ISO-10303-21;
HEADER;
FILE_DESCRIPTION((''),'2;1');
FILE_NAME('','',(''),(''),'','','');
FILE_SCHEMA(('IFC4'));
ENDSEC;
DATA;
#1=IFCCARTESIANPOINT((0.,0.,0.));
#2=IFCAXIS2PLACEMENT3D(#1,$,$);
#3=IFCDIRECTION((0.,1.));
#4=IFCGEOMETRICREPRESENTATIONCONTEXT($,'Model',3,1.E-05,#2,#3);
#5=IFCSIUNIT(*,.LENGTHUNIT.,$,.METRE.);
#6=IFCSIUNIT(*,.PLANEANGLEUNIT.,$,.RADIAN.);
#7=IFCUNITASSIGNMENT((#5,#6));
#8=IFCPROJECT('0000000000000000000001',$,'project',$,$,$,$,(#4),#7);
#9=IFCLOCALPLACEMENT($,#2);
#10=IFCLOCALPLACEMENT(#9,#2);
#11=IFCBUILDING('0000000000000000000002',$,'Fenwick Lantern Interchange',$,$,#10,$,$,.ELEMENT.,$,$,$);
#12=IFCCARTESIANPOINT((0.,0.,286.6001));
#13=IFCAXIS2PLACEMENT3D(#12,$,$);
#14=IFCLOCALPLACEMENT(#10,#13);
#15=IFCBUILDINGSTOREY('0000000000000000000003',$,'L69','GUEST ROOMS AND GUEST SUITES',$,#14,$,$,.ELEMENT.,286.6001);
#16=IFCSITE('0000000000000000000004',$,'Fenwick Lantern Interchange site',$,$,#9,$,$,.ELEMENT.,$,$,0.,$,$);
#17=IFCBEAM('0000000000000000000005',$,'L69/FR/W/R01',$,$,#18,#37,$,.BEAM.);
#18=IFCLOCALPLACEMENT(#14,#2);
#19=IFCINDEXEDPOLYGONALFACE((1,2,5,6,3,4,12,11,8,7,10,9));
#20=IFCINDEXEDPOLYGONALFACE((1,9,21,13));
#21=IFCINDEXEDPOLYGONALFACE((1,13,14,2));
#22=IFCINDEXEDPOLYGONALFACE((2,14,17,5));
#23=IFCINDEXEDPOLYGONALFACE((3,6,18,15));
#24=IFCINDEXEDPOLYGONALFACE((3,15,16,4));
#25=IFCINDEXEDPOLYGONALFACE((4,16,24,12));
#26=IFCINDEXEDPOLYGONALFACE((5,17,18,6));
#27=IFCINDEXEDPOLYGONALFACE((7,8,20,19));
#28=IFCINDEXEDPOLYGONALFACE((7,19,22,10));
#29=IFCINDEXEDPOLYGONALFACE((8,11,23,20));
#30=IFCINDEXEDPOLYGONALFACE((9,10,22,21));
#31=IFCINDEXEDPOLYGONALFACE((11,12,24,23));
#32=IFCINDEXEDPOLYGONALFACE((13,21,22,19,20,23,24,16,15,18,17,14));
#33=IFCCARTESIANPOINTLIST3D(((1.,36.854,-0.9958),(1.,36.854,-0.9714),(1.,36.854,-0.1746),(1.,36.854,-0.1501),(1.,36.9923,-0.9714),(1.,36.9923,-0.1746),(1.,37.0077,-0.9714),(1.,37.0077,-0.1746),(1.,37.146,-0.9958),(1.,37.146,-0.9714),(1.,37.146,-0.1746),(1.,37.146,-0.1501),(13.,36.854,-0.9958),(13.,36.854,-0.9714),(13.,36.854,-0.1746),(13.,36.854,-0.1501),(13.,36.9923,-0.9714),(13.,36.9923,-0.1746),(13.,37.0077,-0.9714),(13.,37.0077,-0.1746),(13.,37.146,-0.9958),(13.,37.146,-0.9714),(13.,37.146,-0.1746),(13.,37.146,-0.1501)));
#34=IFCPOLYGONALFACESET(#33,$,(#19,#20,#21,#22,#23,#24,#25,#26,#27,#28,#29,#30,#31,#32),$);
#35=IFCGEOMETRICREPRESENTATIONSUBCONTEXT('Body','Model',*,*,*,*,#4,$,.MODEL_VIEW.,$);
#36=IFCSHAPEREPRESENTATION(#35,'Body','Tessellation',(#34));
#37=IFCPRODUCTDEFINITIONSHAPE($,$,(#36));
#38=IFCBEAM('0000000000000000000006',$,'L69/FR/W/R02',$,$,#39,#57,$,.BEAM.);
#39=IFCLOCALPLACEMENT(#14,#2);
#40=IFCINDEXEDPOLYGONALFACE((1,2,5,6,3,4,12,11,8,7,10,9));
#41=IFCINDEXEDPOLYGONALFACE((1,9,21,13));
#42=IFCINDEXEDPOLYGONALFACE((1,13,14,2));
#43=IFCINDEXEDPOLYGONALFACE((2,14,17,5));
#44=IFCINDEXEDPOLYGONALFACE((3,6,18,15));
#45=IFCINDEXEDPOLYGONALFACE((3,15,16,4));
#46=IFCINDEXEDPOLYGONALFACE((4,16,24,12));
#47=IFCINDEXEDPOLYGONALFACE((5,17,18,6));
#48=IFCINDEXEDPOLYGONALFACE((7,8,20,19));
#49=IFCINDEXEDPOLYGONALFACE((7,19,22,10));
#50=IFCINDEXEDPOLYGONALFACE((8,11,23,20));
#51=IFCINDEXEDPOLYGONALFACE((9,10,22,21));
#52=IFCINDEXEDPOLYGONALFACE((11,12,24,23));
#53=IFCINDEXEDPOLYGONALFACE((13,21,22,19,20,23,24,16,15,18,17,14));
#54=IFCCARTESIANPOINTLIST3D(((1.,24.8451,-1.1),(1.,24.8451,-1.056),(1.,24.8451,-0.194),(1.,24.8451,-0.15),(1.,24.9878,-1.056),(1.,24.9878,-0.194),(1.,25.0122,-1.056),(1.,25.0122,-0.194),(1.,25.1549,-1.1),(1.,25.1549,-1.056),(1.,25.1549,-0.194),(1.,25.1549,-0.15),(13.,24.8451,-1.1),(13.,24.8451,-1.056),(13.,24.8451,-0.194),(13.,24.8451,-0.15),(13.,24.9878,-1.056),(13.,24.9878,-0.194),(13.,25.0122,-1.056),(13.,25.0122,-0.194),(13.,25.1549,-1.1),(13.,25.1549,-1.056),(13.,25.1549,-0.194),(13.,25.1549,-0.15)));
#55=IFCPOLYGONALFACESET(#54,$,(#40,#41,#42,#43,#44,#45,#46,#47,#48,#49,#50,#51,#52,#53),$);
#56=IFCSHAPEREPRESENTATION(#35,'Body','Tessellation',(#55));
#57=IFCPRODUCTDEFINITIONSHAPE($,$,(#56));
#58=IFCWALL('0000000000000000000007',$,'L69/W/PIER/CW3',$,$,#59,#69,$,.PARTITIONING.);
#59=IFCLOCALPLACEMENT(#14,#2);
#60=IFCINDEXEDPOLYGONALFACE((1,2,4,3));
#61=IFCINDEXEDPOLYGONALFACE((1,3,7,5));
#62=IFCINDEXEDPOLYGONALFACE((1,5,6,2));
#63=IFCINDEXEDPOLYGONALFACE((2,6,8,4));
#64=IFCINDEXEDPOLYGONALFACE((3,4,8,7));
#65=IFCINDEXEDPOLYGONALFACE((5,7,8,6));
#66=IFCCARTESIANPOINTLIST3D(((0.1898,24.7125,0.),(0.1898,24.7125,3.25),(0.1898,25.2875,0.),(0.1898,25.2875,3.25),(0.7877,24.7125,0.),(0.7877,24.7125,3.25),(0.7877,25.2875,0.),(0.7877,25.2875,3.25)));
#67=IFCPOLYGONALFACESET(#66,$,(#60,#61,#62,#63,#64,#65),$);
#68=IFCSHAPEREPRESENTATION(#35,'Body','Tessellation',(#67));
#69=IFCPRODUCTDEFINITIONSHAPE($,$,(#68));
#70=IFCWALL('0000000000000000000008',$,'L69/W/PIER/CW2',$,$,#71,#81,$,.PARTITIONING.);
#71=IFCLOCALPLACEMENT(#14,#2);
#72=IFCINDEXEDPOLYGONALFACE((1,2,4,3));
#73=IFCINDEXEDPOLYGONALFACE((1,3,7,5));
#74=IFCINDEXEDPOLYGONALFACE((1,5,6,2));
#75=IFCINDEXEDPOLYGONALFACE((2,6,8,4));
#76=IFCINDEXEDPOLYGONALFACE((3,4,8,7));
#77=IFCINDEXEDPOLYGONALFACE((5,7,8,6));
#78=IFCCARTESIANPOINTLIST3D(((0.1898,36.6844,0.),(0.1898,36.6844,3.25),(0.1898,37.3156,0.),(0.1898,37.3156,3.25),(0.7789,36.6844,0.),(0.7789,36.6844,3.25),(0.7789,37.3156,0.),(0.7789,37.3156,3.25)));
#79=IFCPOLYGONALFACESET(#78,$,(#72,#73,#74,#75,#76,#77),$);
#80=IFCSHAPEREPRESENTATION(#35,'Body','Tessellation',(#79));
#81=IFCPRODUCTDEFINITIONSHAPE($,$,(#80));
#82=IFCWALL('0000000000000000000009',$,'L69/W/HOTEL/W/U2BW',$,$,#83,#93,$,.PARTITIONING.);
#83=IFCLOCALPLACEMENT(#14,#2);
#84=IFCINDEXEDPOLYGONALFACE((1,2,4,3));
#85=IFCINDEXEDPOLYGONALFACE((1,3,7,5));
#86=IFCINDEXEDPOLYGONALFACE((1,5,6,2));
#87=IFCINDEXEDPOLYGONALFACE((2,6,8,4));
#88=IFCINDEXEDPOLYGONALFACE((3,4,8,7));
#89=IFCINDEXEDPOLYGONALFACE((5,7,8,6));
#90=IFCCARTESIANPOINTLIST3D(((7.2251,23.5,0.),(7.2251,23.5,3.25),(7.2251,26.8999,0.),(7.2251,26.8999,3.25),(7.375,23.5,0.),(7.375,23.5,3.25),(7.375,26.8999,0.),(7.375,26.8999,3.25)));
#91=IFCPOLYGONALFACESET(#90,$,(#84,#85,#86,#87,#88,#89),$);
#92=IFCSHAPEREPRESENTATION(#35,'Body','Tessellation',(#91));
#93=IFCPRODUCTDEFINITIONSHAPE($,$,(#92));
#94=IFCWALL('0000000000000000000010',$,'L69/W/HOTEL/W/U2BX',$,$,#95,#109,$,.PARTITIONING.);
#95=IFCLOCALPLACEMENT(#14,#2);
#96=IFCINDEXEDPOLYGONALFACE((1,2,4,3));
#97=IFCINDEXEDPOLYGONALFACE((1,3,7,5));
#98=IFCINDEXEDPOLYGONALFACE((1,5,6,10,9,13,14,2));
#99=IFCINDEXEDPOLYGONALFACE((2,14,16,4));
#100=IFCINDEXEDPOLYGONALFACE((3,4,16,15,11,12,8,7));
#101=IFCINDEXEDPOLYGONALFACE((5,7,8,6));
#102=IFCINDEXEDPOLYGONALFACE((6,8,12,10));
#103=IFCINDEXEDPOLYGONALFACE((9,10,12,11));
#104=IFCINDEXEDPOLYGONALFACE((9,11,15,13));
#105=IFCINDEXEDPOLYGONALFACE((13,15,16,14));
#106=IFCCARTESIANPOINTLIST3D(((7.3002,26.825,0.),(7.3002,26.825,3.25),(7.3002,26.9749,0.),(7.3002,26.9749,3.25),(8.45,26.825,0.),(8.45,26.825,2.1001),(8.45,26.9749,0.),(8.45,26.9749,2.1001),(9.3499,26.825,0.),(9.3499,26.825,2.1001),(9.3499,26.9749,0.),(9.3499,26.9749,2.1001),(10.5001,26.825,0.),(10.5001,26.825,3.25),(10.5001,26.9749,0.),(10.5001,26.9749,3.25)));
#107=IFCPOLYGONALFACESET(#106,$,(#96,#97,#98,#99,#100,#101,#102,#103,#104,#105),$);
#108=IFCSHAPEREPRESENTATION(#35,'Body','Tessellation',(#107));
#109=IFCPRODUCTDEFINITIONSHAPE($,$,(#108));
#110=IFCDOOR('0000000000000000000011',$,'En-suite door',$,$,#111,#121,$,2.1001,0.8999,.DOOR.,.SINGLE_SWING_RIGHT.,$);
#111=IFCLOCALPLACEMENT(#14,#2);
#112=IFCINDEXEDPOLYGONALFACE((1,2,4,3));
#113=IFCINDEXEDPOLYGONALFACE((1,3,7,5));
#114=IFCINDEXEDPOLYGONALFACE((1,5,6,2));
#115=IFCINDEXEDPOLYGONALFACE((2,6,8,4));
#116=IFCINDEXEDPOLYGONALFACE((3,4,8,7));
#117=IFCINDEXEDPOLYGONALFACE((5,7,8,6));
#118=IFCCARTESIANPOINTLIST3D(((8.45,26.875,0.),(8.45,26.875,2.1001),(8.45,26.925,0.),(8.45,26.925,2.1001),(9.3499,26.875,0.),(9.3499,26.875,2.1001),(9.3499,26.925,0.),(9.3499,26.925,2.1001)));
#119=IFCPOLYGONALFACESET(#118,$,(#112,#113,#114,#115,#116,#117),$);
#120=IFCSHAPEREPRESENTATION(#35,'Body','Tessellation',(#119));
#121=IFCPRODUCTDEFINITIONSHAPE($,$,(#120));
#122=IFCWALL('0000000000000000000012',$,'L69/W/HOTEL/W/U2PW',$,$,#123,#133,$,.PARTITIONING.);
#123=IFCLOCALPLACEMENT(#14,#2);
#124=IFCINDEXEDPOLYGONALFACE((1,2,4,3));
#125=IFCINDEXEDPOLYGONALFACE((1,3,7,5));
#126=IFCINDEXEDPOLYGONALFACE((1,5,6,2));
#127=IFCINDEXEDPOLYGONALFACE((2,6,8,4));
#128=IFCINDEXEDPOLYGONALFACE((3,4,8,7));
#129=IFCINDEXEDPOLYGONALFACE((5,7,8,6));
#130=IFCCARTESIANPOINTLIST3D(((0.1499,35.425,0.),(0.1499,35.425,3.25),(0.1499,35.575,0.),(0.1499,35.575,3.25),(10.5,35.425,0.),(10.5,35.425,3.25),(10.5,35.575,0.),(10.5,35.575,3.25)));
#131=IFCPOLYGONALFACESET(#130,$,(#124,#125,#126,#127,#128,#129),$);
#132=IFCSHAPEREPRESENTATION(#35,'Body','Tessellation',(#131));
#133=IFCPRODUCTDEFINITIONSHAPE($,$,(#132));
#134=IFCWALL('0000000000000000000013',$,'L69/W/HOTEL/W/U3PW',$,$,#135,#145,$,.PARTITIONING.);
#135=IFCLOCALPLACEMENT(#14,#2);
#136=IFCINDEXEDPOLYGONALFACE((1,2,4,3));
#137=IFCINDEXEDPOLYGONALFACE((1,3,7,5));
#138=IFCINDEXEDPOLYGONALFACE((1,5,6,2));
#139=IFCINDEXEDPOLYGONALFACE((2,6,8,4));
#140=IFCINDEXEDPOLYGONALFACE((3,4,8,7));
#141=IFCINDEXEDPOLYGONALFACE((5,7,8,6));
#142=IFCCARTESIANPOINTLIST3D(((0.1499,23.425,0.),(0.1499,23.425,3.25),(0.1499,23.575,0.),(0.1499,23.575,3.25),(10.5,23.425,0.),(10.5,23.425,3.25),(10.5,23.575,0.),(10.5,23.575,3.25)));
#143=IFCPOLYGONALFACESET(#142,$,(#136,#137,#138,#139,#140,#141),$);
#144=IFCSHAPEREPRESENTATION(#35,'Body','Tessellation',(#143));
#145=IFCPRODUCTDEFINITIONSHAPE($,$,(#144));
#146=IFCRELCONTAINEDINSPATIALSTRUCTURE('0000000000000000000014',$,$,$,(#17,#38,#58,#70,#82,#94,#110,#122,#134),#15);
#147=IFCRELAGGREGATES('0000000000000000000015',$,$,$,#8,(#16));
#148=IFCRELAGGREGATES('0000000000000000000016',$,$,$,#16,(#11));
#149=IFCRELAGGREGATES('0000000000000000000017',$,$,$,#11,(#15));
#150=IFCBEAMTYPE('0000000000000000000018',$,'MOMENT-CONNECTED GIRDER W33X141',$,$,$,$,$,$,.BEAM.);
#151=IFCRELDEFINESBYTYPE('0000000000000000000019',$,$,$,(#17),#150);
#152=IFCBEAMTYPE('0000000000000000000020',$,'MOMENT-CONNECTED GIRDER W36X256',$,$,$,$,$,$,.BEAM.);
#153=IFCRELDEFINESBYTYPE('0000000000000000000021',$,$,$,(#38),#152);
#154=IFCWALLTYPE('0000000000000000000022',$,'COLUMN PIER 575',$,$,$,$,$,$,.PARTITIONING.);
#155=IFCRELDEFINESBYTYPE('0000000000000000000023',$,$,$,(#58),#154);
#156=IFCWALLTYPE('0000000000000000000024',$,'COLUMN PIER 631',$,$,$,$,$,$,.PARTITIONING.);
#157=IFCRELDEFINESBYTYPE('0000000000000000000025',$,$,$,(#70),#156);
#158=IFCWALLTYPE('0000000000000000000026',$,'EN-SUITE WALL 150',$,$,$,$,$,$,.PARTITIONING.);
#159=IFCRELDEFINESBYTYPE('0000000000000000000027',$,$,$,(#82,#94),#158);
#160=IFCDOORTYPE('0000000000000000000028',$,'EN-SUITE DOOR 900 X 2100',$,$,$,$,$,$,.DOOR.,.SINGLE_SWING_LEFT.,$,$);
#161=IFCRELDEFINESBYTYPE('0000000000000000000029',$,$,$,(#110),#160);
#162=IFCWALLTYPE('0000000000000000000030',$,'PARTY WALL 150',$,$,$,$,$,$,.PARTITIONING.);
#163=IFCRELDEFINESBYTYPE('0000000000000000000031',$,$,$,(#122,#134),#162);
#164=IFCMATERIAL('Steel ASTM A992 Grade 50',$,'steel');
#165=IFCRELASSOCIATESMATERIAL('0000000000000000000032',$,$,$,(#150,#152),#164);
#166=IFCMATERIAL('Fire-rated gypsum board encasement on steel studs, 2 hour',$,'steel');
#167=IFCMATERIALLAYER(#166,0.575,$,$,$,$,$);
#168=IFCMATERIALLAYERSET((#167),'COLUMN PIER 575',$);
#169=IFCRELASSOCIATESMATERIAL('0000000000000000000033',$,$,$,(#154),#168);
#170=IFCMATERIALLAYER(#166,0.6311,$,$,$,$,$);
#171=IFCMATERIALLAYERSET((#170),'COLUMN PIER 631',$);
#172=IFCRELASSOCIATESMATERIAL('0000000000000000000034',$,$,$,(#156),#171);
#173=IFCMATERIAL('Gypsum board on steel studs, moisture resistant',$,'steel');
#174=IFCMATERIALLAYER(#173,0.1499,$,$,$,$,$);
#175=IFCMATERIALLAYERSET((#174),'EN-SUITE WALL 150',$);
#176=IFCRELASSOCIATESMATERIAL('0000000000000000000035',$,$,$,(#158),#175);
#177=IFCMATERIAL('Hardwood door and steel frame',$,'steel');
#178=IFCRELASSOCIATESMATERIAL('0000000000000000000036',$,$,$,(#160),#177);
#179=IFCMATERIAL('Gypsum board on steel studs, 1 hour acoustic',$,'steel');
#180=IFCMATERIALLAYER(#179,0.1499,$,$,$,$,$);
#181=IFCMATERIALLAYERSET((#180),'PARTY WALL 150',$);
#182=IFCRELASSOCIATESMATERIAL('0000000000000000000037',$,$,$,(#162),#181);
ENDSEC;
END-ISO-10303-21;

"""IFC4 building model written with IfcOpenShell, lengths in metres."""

from ifc_helpers import new_model, si_unit, direction, frame, frame_2d, origin, origin_2d, place, context, subcontext, project, spatial, rectangle, i_section, extrude, material, layer, layer_set, material_profile, profile_set, type_object, element, fill, save


model = new_model("IFC4")

# Units and contexts
model_context = context("Model", 3, precision=1e-05, world=origin(), true_north=direction((0.0, 1.0)))
body_context = subcontext(model_context, "Body", "Model", "MODEL_VIEW")
ifc_project = project(units=[si_unit("LENGTHUNIT", "METRE"), si_unit("PLANEANGLEUNIT", "RADIAN")], contexts=[model_context])

# Site, building, storey
site_placement = place(None, origin())
site = spatial("IfcSite", under=ifc_project, at=site_placement, Name="Fenwick Lantern Interchange site", CompositionType="ELEMENT", RefElevation=0.0)
building_placement = place(site_placement, origin())
building = spatial("IfcBuilding", under=site, at=building_placement, Name="Fenwick Lantern Interchange", CompositionType="ELEMENT")
storey_placement = place(building_placement, frame((0.0, 0.0, 286.6001)))
storey = spatial("IfcBuildingStorey", under=building, at=storey_placement, Name="L69", Description="GUEST ROOMS AND GUEST SUITES", CompositionType="ELEMENT", Elevation=286.6001)

# Shared definitions
ifc_material_1 = material(Name="Steel ASTM A992 Grade 50", Category="steel")

# Beams
ifc_material_profile_1 = material_profile(ifc_material_1, i_section(OverallWidth=0.292, OverallDepth=0.8457, WebThickness=0.0154, FlangeThickness=0.0244, at=origin_2d()), Name="W33X141")
ifc_profile_set_1 = profile_set([ifc_material_profile_1], Name="Steel ASTM A992 Grade 50")
beam_type_1 = type_object("IfcBeamType", Name="MOMENT-CONNECTED GIRDER W33X141", PredefinedType="BEAM", material=ifc_profile_set_1)
beam_1_placement = place(storey_placement, frame((1.0, 37.0, -0.573), z_axis=(1.0, 0.0, 0.0), x_axis=(0.0, 1.0, 0.0)))
element("IfcBeam", 1, at=beam_1_placement, inside=storey, type_object=beam_type_1, Name="L69/FR/W/R01", PredefinedType="BEAM", context=body_context, shape_type="SweptSolid", body=[
    extrude(i_section(OverallWidth=0.292, OverallDepth=0.8457, WebThickness=0.0154, FlangeThickness=0.0244, at=origin_2d()), origin(), (0.0, 0.0, 1.0), 12.0),
])
ifc_material_profile_2 = material_profile(ifc_material_1, i_section(OverallWidth=0.3098, OverallDepth=0.95, WebThickness=0.0244, FlangeThickness=0.0439, at=origin_2d()), Name="W36X256")
ifc_profile_set_2 = profile_set([ifc_material_profile_2], Name="Steel ASTM A992 Grade 50")
beam_type_2 = type_object("IfcBeamType", Name="MOMENT-CONNECTED GIRDER W36X256", PredefinedType="BEAM", material=ifc_profile_set_2)
beam_2_placement = place(storey_placement, frame((1.0, 25.0, -0.625), z_axis=(1.0, 0.0, 0.0), x_axis=(0.0, 1.0, 0.0)))
element("IfcBeam", 2, at=beam_2_placement, inside=storey, type_object=beam_type_2, Name="L69/FR/W/R02", PredefinedType="BEAM", context=body_context, shape_type="SweptSolid", body=[
    extrude(i_section(OverallWidth=0.3098, OverallDepth=0.95, WebThickness=0.0244, FlangeThickness=0.0439, at=origin_2d()), origin(), (0.0, 0.0, 1.0), 12.0),
])

# Walls
ifc_material_2 = material(Name="Fire-rated gypsum board encasement on steel studs, 2 hour", Category="steel")
ifc_layer_1 = layer(ifc_material_2, 0.575)
ifc_layer_set_1 = layer_set([ifc_layer_1], Name="COLUMN PIER 575")
wall_type_1 = type_object("IfcWallType", Name="COLUMN PIER 575", PredefinedType="PARTITIONING", material=ifc_layer_set_1)
wall_1_placement = place(storey_placement, frame((0.1899, 25.0, 0.0), z_axis=(0.0, 0.0, 1.0), x_axis=(1.0, 0.0, 0.0)))
element("IfcWall", 3, at=wall_1_placement, inside=storey, type_object=wall_type_1, Name="L69/W/PIER/CW3", PredefinedType="PARTITIONING", context=body_context, shape_type="SweptSolid", body=[
    extrude(rectangle(XDim=0.5979, YDim=0.575, at=frame_2d((0.2988, 0.0))), origin(), (0.0, 0.0, 1.0), 3.25),
])
ifc_layer_2 = layer(ifc_material_2, 0.6311)
ifc_layer_set_2 = layer_set([ifc_layer_2], Name="COLUMN PIER 631")
wall_type_2 = type_object("IfcWallType", Name="COLUMN PIER 631", PredefinedType="PARTITIONING", material=ifc_layer_set_2)
wall_2_placement = place(storey_placement, frame((0.1899, 37.0, 0.0), z_axis=(0.0, 0.0, 1.0), x_axis=(1.0, 0.0, 0.0)))
element("IfcWall", 4, at=wall_2_placement, inside=storey, type_object=wall_type_2, Name="L69/W/PIER/CW2", PredefinedType="PARTITIONING", context=body_context, shape_type="SweptSolid", body=[
    extrude(rectangle(XDim=0.5891, YDim=0.6311, at=frame_2d((0.2944, 0.0))), origin(), (0.0, 0.0, 1.0), 3.25),
])
ifc_material_3 = material(Name="Gypsum board on steel studs, moisture resistant", Category="steel")
ifc_layer_3 = layer(ifc_material_3, 0.1499)
ifc_layer_set_3 = layer_set([ifc_layer_3], Name="EN-SUITE WALL 150")
wall_type_3 = type_object("IfcWallType", Name="EN-SUITE WALL 150", PredefinedType="PARTITIONING", material=ifc_layer_set_3)
wall_3_placement = place(storey_placement, frame((7.3, 26.8999, 0.0), z_axis=(0.0, 0.0, 1.0), x_axis=(0.0, -1.0, 0.0)))
element("IfcWall", 5, at=wall_3_placement, inside=storey, type_object=wall_type_3, Name="L69/W/HOTEL/W/U2BW", PredefinedType="PARTITIONING", context=body_context, shape_type="SweptSolid", body=[
    extrude(rectangle(XDim=3.3999, YDim=0.1499, at=frame_2d((1.7, 0.0))), origin(), (0.0, 0.0, 1.0), 3.25),
])

# Wall, opening, door
wall_4_placement = place(storey_placement, frame((7.3, 26.8999, 0.0), z_axis=(0.0, 0.0, 1.0), x_axis=(1.0, 0.0, 0.0)))
wall_4 = element("IfcWall", 6, at=wall_4_placement, inside=storey, type_object=wall_type_3, Name="L69/W/HOTEL/W/U2BX", PredefinedType="PARTITIONING", context=body_context, shape_type="SweptSolid", body=[
    extrude(rectangle(XDim=3.2, YDim=0.1499, at=frame_2d((1.6001, 0.0))), origin(), (0.0, 0.0, 1.0), 3.25),
])
opening_placement = place(wall_4_placement, frame((1.1499, 0.0, 0.0)))
opening = element("IfcOpeningElement", 7, at=opening_placement, cuts=wall_4, PredefinedType="OPENING", context=body_context, shape_type="SweptSolid", body=[
    extrude(rectangle(XDim=0.8999, YDim=2.1001, at=frame_2d((0.45, 1.05))), frame((0.0, 0.085, 0.0), z_axis=(0.0, -1.0, 0.0), x_axis=(1.0, 0.0, 0.0)), (0.0, 0.0, 1.0), 0.1699),
])
ifc_material_4 = material(Name="Hardwood door and steel frame", Category="steel")
door_type = type_object("IfcDoorType", Name="EN-SUITE DOOR 900 X 2100", OperationType="SINGLE_SWING_LEFT", PredefinedType="DOOR", material=ifc_material_4)
door_placement = place(opening_placement, frame((0.8999, 0.0, 0.0), z_axis=(0.0, 0.0, 1.0), x_axis=(-1.0, 0.0, 0.0)))
door = element("IfcDoor", 8, at=door_placement, inside=storey, type_object=door_type, Name="En-suite door", OperationType="SINGLE_SWING_RIGHT", OverallHeight=2.1001, OverallWidth=0.8999, PredefinedType="DOOR", context=body_context, shape_type="SweptSolid", body=[
    extrude(rectangle(XDim=0.8999, YDim=2.1001, at=frame_2d((0.45, 1.05))), frame((0.0, 0.0249, 0.0), z_axis=(0.0, -1.0, 0.0), x_axis=(1.0, 0.0, 0.0)), (0.0, 0.0, 1.0), 0.05),
])
fill(opening, door)

# Walls
ifc_material_5 = material(Name="Gypsum board on steel studs, 1 hour acoustic", Category="steel")
ifc_layer_4 = layer(ifc_material_5, 0.1499)
ifc_layer_set_4 = layer_set([ifc_layer_4], Name="PARTY WALL 150")
wall_type_4 = type_object("IfcWallType", Name="PARTY WALL 150", PredefinedType="PARTITIONING", material=ifc_layer_set_4)
for number, where, z_axis, x_axis, name in (
    (9, (0.1499, 35.5, 0.0), (0.0, 0.0, 1.0), (1.0, 0.0, 0.0), "L69/W/HOTEL/W/U2PW"),
    (10, (0.1499, 23.5, 0.0), (0.0, 0.0, 1.0), (1.0, 0.0, 0.0), "L69/W/HOTEL/W/U3PW"),
):
    element("IfcWall", number, at=place(storey_placement, frame(where, z_axis=z_axis, x_axis=x_axis)), inside=storey, type_object=wall_type_4, Name=name, PredefinedType="PARTITIONING", context=body_context, shape_type="SweptSolid", body=[
        extrude(rectangle(XDim=10.3501, YDim=0.1499, at=frame_2d((5.175, 0.0))), origin(), (0.0, 0.0, 1.0), 3.25),
    ])

save(model, "model.ifc")
